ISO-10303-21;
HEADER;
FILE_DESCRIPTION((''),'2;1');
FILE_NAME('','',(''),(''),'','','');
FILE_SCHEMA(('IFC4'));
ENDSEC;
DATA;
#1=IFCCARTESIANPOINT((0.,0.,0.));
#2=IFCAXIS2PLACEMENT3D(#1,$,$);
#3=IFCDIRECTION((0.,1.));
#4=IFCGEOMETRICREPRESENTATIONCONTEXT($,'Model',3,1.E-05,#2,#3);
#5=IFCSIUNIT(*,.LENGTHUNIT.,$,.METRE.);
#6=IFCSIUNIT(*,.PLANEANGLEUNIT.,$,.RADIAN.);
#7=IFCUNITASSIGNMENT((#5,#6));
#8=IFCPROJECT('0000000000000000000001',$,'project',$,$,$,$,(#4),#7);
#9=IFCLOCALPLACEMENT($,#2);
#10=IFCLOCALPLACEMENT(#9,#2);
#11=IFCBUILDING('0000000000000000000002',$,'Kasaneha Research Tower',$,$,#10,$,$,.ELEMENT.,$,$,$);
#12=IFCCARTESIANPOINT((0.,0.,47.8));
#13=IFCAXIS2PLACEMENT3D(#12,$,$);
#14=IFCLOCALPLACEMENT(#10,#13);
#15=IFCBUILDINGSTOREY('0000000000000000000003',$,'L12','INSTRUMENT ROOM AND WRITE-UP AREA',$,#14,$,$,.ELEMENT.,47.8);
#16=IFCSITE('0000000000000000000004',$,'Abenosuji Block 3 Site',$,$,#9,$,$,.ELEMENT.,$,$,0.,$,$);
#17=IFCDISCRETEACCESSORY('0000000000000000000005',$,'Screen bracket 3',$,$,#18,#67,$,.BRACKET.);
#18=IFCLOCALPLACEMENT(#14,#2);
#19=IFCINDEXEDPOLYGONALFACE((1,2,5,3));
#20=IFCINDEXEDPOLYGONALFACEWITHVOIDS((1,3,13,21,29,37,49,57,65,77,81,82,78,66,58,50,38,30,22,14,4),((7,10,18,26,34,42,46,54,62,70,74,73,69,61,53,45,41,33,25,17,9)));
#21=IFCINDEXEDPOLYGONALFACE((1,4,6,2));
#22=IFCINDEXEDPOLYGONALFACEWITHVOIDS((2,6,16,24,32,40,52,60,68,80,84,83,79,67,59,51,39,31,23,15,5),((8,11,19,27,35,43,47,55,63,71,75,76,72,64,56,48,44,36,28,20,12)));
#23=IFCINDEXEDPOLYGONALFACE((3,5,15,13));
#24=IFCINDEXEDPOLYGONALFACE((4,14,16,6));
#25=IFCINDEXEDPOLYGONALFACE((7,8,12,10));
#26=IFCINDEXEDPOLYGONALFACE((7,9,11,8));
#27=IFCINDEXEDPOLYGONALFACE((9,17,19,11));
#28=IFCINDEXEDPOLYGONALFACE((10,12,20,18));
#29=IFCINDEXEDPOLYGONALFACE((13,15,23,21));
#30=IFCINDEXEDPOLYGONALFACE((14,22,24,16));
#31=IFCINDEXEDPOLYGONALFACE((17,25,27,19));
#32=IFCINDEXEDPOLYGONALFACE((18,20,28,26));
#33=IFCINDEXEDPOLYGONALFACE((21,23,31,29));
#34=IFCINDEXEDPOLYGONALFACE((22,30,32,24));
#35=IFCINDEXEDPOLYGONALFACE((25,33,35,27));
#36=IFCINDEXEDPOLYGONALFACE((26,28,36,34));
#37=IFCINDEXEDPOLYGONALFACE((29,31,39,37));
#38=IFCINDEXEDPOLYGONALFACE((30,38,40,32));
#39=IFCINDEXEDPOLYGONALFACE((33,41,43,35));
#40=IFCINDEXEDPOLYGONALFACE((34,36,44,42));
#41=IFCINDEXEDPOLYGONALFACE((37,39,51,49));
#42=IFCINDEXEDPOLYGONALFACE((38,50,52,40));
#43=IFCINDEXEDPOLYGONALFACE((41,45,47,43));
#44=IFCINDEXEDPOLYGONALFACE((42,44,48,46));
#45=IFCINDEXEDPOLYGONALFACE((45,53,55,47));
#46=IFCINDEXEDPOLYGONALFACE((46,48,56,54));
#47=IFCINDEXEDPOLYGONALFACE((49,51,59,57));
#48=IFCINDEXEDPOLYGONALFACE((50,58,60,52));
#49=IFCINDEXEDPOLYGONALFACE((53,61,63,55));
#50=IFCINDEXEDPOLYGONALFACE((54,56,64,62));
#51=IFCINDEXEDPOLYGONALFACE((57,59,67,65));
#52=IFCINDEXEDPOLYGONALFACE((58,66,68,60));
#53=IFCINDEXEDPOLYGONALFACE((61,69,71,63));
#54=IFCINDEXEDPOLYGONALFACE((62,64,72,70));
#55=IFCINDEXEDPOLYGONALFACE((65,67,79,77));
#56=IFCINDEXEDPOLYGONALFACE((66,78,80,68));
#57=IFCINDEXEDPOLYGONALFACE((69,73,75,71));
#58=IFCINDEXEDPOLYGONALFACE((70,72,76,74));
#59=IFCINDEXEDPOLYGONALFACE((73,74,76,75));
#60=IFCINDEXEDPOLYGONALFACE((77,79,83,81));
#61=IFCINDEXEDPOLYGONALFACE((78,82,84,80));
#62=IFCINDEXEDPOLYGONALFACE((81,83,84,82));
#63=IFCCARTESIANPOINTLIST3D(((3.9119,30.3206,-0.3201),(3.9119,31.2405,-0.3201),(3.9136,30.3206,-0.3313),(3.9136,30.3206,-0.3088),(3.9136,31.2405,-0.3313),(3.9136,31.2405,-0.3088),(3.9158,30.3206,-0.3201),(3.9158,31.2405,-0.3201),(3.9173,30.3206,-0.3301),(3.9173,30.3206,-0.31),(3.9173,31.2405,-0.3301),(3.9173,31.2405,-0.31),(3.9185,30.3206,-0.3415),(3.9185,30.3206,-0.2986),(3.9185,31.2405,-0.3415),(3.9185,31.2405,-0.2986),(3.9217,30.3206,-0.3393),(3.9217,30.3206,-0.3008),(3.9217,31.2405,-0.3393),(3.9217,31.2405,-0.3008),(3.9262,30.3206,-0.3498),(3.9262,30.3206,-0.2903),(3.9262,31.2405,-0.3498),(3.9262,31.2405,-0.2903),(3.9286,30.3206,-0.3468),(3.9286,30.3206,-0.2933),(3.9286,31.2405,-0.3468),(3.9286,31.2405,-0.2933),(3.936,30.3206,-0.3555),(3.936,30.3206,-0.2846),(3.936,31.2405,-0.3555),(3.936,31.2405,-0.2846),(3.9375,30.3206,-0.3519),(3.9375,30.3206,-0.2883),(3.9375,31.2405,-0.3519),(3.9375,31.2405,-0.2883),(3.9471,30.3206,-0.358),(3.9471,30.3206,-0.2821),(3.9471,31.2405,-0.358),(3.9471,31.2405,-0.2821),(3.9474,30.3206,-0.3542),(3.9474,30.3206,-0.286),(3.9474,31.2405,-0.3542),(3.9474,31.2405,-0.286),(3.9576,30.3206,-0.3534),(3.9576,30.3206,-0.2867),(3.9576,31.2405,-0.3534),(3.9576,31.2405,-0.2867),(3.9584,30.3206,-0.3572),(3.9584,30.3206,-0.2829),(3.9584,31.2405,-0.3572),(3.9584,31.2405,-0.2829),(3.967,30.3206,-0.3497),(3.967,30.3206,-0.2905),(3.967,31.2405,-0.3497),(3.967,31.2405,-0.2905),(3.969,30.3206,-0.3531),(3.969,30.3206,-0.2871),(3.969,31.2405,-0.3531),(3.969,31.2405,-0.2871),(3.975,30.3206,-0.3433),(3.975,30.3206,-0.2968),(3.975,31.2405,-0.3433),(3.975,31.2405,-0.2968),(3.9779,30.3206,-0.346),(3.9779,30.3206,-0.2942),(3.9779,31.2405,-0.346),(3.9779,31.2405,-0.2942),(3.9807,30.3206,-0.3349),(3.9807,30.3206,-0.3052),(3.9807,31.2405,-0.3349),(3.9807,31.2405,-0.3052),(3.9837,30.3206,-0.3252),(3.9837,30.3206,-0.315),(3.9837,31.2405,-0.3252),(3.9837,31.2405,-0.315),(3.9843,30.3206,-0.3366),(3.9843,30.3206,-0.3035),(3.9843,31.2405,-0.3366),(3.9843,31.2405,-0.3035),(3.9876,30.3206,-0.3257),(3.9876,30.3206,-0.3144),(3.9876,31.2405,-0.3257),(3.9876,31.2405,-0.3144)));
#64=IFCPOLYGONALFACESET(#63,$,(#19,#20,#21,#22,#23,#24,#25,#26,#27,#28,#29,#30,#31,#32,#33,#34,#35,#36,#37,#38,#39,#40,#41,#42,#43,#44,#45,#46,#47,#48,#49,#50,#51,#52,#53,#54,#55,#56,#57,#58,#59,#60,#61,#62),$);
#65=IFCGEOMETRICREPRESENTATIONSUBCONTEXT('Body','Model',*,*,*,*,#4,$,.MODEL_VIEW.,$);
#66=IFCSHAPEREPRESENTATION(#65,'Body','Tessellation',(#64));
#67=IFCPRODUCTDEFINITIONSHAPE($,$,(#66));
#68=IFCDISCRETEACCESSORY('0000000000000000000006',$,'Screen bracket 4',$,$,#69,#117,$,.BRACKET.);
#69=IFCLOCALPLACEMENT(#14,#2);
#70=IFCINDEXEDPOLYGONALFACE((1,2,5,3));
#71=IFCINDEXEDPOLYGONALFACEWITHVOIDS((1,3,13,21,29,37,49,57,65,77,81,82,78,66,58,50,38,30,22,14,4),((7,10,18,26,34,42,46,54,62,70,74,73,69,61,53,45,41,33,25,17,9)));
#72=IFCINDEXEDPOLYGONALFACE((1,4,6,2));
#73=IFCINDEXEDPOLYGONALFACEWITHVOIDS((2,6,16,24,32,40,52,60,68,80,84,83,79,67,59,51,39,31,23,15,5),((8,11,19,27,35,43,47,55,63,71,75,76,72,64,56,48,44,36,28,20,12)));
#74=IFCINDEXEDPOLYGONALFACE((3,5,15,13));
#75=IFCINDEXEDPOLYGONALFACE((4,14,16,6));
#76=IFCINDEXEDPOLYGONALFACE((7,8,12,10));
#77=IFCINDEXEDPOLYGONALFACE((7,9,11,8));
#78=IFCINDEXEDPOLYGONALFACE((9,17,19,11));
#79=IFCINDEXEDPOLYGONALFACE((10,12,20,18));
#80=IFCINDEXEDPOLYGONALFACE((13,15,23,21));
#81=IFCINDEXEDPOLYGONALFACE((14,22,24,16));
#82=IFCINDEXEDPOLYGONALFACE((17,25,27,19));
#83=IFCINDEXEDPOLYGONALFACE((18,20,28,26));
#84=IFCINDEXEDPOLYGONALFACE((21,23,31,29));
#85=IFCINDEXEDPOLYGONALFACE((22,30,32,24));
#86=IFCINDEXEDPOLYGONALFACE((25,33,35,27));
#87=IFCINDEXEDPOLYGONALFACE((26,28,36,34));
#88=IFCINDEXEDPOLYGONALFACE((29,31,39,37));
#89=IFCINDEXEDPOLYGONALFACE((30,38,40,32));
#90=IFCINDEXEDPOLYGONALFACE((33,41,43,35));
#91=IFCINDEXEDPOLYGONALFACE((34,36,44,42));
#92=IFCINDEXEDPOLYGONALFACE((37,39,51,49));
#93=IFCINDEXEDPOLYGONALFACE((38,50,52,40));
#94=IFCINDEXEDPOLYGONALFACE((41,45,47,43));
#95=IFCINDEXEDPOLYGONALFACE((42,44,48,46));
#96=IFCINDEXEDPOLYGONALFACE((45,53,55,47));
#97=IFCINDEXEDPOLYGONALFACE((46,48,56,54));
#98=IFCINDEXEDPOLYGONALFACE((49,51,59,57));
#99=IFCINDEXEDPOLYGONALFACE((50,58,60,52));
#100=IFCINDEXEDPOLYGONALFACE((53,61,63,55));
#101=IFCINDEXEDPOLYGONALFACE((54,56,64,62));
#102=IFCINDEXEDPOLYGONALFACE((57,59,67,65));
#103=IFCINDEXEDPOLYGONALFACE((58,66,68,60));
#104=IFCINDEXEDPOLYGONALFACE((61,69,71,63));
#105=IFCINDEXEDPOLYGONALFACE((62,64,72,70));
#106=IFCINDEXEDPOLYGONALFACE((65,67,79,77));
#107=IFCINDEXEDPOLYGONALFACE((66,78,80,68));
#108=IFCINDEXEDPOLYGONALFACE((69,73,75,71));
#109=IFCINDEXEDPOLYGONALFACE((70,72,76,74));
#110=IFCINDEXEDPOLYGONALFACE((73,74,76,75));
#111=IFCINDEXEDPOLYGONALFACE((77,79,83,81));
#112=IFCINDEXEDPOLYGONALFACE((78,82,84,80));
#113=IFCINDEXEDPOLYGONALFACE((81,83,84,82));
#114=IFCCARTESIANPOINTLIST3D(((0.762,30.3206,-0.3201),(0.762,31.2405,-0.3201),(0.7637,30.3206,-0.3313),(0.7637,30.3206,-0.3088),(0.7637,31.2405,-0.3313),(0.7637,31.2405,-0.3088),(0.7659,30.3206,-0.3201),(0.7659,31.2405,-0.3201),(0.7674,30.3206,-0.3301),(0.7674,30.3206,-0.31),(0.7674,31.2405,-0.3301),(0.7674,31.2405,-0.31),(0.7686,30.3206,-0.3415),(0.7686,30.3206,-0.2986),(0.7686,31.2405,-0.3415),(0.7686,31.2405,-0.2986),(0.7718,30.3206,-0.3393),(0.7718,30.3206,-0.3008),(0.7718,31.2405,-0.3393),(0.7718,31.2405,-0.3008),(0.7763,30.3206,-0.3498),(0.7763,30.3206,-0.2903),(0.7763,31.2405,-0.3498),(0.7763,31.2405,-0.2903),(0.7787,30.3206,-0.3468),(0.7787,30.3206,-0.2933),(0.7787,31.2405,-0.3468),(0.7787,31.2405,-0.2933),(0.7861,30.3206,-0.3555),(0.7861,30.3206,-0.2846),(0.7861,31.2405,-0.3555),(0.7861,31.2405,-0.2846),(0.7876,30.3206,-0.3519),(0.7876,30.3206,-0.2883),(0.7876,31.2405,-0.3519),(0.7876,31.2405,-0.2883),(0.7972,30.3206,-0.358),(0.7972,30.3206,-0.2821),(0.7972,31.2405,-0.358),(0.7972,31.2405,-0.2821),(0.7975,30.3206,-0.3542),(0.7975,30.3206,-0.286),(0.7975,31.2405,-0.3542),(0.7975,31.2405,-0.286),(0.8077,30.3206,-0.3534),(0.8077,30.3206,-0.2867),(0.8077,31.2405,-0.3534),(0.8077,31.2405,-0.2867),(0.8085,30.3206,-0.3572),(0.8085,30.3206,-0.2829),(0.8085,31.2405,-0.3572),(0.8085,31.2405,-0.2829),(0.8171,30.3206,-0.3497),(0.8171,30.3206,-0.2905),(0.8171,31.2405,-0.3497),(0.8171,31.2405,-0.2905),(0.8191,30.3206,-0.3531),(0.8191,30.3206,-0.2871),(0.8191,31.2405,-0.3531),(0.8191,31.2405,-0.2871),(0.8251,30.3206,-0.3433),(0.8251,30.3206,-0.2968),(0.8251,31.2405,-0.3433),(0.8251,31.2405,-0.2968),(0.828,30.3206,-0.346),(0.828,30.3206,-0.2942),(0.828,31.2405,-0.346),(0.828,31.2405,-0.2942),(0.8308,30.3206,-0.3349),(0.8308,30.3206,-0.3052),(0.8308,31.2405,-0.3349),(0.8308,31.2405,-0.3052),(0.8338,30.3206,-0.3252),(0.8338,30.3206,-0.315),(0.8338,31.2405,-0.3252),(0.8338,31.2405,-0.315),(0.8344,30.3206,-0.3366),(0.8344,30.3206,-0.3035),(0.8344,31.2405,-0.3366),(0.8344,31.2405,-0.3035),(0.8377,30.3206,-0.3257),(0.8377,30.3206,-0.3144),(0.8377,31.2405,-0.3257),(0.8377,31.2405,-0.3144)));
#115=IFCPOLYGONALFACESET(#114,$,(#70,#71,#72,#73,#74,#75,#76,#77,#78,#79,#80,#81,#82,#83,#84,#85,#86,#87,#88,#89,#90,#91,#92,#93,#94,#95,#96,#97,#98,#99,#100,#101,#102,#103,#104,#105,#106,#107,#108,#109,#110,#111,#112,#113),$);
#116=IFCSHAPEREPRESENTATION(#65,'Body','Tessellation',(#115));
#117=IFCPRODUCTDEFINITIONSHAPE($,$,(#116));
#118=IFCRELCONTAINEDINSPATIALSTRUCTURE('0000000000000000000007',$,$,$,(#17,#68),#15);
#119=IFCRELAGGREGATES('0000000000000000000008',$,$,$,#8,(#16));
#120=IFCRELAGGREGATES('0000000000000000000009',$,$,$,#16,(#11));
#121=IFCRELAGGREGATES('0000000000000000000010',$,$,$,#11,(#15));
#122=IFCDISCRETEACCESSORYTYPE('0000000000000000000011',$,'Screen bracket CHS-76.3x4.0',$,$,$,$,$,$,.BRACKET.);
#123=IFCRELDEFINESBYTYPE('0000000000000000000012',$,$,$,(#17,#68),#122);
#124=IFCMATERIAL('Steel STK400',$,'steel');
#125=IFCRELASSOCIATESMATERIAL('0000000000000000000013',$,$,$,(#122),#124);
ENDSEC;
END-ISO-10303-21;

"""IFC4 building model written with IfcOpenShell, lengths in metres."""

from ifc_helpers import new_model, si_unit, direction, frame, origin, origin_2d, place, context, subcontext, project, spatial, hollow_circle, extrude, material, material_profile, profile_set, type_object, element, save


model = new_model("IFC4")

# Units and contexts
model_context = context("Model", 3, precision=1e-05, world=origin(), true_north=direction((0.0, 1.0)))
body_context = subcontext(model_context, "Body", "Model", "MODEL_VIEW")
ifc_project = project(units=[si_unit("LENGTHUNIT", "METRE"), si_unit("PLANEANGLEUNIT", "RADIAN")], contexts=[model_context])

# Site, building, storey
site_placement = place(None, origin())
site = spatial("IfcSite", under=ifc_project, at=site_placement, Name="Abenosuji Block 3 Site", CompositionType="ELEMENT", RefElevation=0.0)
building_placement = place(site_placement, origin())
building = spatial("IfcBuilding", under=site, at=building_placement, Name="Kasaneha Research Tower", CompositionType="ELEMENT")
storey_placement = place(building_placement, frame((0.0, 0.0, 47.8)))
storey = spatial("IfcBuildingStorey", under=building, at=storey_placement, Name="L12", Description="INSTRUMENT ROOM AND WRITE-UP AREA", CompositionType="ELEMENT", Elevation=47.8)

# Discrete accessories
ifc_material_1 = material(Name="Steel STK400", Category="steel")
ifc_material_profile_1 = material_profile(ifc_material_1, hollow_circle(Radius=0.0381, WallThickness=0.0039, at=origin_2d()), Name="CHS-76.3x4.0")
ifc_profile_set_1 = profile_set([ifc_material_profile_1], Name="Steel STK400")
discrete_accessory_type = type_object("IfcDiscreteAccessoryType", Name="Screen bracket CHS-76.3x4.0", PredefinedType="BRACKET", material=ifc_profile_set_1)
for number, where, z_axis, x_axis, name in (
    (1, (3.95, 30.3206, -0.3201), (0.0, 1.0, 0.0), (-1.0, 0.0, 0.0), "Screen bracket 3"),
    (2, (0.8, 30.3206, -0.3201), (0.0, 1.0, 0.0), (-1.0, 0.0, 0.0), "Screen bracket 4"),
):
    element("IfcDiscreteAccessory", number, at=place(storey_placement, frame(where, z_axis=z_axis, x_axis=x_axis)), inside=storey, type_object=discrete_accessory_type, Name=name, PredefinedType="BRACKET", context=body_context, shape_type="SweptSolid", body=[
        extrude(hollow_circle(Radius=0.0381, WallThickness=0.0039, at=origin_2d()), origin(), (0.0, 0.0, 1.0), 0.9199),
    ])

save(model, "model.ifc")
